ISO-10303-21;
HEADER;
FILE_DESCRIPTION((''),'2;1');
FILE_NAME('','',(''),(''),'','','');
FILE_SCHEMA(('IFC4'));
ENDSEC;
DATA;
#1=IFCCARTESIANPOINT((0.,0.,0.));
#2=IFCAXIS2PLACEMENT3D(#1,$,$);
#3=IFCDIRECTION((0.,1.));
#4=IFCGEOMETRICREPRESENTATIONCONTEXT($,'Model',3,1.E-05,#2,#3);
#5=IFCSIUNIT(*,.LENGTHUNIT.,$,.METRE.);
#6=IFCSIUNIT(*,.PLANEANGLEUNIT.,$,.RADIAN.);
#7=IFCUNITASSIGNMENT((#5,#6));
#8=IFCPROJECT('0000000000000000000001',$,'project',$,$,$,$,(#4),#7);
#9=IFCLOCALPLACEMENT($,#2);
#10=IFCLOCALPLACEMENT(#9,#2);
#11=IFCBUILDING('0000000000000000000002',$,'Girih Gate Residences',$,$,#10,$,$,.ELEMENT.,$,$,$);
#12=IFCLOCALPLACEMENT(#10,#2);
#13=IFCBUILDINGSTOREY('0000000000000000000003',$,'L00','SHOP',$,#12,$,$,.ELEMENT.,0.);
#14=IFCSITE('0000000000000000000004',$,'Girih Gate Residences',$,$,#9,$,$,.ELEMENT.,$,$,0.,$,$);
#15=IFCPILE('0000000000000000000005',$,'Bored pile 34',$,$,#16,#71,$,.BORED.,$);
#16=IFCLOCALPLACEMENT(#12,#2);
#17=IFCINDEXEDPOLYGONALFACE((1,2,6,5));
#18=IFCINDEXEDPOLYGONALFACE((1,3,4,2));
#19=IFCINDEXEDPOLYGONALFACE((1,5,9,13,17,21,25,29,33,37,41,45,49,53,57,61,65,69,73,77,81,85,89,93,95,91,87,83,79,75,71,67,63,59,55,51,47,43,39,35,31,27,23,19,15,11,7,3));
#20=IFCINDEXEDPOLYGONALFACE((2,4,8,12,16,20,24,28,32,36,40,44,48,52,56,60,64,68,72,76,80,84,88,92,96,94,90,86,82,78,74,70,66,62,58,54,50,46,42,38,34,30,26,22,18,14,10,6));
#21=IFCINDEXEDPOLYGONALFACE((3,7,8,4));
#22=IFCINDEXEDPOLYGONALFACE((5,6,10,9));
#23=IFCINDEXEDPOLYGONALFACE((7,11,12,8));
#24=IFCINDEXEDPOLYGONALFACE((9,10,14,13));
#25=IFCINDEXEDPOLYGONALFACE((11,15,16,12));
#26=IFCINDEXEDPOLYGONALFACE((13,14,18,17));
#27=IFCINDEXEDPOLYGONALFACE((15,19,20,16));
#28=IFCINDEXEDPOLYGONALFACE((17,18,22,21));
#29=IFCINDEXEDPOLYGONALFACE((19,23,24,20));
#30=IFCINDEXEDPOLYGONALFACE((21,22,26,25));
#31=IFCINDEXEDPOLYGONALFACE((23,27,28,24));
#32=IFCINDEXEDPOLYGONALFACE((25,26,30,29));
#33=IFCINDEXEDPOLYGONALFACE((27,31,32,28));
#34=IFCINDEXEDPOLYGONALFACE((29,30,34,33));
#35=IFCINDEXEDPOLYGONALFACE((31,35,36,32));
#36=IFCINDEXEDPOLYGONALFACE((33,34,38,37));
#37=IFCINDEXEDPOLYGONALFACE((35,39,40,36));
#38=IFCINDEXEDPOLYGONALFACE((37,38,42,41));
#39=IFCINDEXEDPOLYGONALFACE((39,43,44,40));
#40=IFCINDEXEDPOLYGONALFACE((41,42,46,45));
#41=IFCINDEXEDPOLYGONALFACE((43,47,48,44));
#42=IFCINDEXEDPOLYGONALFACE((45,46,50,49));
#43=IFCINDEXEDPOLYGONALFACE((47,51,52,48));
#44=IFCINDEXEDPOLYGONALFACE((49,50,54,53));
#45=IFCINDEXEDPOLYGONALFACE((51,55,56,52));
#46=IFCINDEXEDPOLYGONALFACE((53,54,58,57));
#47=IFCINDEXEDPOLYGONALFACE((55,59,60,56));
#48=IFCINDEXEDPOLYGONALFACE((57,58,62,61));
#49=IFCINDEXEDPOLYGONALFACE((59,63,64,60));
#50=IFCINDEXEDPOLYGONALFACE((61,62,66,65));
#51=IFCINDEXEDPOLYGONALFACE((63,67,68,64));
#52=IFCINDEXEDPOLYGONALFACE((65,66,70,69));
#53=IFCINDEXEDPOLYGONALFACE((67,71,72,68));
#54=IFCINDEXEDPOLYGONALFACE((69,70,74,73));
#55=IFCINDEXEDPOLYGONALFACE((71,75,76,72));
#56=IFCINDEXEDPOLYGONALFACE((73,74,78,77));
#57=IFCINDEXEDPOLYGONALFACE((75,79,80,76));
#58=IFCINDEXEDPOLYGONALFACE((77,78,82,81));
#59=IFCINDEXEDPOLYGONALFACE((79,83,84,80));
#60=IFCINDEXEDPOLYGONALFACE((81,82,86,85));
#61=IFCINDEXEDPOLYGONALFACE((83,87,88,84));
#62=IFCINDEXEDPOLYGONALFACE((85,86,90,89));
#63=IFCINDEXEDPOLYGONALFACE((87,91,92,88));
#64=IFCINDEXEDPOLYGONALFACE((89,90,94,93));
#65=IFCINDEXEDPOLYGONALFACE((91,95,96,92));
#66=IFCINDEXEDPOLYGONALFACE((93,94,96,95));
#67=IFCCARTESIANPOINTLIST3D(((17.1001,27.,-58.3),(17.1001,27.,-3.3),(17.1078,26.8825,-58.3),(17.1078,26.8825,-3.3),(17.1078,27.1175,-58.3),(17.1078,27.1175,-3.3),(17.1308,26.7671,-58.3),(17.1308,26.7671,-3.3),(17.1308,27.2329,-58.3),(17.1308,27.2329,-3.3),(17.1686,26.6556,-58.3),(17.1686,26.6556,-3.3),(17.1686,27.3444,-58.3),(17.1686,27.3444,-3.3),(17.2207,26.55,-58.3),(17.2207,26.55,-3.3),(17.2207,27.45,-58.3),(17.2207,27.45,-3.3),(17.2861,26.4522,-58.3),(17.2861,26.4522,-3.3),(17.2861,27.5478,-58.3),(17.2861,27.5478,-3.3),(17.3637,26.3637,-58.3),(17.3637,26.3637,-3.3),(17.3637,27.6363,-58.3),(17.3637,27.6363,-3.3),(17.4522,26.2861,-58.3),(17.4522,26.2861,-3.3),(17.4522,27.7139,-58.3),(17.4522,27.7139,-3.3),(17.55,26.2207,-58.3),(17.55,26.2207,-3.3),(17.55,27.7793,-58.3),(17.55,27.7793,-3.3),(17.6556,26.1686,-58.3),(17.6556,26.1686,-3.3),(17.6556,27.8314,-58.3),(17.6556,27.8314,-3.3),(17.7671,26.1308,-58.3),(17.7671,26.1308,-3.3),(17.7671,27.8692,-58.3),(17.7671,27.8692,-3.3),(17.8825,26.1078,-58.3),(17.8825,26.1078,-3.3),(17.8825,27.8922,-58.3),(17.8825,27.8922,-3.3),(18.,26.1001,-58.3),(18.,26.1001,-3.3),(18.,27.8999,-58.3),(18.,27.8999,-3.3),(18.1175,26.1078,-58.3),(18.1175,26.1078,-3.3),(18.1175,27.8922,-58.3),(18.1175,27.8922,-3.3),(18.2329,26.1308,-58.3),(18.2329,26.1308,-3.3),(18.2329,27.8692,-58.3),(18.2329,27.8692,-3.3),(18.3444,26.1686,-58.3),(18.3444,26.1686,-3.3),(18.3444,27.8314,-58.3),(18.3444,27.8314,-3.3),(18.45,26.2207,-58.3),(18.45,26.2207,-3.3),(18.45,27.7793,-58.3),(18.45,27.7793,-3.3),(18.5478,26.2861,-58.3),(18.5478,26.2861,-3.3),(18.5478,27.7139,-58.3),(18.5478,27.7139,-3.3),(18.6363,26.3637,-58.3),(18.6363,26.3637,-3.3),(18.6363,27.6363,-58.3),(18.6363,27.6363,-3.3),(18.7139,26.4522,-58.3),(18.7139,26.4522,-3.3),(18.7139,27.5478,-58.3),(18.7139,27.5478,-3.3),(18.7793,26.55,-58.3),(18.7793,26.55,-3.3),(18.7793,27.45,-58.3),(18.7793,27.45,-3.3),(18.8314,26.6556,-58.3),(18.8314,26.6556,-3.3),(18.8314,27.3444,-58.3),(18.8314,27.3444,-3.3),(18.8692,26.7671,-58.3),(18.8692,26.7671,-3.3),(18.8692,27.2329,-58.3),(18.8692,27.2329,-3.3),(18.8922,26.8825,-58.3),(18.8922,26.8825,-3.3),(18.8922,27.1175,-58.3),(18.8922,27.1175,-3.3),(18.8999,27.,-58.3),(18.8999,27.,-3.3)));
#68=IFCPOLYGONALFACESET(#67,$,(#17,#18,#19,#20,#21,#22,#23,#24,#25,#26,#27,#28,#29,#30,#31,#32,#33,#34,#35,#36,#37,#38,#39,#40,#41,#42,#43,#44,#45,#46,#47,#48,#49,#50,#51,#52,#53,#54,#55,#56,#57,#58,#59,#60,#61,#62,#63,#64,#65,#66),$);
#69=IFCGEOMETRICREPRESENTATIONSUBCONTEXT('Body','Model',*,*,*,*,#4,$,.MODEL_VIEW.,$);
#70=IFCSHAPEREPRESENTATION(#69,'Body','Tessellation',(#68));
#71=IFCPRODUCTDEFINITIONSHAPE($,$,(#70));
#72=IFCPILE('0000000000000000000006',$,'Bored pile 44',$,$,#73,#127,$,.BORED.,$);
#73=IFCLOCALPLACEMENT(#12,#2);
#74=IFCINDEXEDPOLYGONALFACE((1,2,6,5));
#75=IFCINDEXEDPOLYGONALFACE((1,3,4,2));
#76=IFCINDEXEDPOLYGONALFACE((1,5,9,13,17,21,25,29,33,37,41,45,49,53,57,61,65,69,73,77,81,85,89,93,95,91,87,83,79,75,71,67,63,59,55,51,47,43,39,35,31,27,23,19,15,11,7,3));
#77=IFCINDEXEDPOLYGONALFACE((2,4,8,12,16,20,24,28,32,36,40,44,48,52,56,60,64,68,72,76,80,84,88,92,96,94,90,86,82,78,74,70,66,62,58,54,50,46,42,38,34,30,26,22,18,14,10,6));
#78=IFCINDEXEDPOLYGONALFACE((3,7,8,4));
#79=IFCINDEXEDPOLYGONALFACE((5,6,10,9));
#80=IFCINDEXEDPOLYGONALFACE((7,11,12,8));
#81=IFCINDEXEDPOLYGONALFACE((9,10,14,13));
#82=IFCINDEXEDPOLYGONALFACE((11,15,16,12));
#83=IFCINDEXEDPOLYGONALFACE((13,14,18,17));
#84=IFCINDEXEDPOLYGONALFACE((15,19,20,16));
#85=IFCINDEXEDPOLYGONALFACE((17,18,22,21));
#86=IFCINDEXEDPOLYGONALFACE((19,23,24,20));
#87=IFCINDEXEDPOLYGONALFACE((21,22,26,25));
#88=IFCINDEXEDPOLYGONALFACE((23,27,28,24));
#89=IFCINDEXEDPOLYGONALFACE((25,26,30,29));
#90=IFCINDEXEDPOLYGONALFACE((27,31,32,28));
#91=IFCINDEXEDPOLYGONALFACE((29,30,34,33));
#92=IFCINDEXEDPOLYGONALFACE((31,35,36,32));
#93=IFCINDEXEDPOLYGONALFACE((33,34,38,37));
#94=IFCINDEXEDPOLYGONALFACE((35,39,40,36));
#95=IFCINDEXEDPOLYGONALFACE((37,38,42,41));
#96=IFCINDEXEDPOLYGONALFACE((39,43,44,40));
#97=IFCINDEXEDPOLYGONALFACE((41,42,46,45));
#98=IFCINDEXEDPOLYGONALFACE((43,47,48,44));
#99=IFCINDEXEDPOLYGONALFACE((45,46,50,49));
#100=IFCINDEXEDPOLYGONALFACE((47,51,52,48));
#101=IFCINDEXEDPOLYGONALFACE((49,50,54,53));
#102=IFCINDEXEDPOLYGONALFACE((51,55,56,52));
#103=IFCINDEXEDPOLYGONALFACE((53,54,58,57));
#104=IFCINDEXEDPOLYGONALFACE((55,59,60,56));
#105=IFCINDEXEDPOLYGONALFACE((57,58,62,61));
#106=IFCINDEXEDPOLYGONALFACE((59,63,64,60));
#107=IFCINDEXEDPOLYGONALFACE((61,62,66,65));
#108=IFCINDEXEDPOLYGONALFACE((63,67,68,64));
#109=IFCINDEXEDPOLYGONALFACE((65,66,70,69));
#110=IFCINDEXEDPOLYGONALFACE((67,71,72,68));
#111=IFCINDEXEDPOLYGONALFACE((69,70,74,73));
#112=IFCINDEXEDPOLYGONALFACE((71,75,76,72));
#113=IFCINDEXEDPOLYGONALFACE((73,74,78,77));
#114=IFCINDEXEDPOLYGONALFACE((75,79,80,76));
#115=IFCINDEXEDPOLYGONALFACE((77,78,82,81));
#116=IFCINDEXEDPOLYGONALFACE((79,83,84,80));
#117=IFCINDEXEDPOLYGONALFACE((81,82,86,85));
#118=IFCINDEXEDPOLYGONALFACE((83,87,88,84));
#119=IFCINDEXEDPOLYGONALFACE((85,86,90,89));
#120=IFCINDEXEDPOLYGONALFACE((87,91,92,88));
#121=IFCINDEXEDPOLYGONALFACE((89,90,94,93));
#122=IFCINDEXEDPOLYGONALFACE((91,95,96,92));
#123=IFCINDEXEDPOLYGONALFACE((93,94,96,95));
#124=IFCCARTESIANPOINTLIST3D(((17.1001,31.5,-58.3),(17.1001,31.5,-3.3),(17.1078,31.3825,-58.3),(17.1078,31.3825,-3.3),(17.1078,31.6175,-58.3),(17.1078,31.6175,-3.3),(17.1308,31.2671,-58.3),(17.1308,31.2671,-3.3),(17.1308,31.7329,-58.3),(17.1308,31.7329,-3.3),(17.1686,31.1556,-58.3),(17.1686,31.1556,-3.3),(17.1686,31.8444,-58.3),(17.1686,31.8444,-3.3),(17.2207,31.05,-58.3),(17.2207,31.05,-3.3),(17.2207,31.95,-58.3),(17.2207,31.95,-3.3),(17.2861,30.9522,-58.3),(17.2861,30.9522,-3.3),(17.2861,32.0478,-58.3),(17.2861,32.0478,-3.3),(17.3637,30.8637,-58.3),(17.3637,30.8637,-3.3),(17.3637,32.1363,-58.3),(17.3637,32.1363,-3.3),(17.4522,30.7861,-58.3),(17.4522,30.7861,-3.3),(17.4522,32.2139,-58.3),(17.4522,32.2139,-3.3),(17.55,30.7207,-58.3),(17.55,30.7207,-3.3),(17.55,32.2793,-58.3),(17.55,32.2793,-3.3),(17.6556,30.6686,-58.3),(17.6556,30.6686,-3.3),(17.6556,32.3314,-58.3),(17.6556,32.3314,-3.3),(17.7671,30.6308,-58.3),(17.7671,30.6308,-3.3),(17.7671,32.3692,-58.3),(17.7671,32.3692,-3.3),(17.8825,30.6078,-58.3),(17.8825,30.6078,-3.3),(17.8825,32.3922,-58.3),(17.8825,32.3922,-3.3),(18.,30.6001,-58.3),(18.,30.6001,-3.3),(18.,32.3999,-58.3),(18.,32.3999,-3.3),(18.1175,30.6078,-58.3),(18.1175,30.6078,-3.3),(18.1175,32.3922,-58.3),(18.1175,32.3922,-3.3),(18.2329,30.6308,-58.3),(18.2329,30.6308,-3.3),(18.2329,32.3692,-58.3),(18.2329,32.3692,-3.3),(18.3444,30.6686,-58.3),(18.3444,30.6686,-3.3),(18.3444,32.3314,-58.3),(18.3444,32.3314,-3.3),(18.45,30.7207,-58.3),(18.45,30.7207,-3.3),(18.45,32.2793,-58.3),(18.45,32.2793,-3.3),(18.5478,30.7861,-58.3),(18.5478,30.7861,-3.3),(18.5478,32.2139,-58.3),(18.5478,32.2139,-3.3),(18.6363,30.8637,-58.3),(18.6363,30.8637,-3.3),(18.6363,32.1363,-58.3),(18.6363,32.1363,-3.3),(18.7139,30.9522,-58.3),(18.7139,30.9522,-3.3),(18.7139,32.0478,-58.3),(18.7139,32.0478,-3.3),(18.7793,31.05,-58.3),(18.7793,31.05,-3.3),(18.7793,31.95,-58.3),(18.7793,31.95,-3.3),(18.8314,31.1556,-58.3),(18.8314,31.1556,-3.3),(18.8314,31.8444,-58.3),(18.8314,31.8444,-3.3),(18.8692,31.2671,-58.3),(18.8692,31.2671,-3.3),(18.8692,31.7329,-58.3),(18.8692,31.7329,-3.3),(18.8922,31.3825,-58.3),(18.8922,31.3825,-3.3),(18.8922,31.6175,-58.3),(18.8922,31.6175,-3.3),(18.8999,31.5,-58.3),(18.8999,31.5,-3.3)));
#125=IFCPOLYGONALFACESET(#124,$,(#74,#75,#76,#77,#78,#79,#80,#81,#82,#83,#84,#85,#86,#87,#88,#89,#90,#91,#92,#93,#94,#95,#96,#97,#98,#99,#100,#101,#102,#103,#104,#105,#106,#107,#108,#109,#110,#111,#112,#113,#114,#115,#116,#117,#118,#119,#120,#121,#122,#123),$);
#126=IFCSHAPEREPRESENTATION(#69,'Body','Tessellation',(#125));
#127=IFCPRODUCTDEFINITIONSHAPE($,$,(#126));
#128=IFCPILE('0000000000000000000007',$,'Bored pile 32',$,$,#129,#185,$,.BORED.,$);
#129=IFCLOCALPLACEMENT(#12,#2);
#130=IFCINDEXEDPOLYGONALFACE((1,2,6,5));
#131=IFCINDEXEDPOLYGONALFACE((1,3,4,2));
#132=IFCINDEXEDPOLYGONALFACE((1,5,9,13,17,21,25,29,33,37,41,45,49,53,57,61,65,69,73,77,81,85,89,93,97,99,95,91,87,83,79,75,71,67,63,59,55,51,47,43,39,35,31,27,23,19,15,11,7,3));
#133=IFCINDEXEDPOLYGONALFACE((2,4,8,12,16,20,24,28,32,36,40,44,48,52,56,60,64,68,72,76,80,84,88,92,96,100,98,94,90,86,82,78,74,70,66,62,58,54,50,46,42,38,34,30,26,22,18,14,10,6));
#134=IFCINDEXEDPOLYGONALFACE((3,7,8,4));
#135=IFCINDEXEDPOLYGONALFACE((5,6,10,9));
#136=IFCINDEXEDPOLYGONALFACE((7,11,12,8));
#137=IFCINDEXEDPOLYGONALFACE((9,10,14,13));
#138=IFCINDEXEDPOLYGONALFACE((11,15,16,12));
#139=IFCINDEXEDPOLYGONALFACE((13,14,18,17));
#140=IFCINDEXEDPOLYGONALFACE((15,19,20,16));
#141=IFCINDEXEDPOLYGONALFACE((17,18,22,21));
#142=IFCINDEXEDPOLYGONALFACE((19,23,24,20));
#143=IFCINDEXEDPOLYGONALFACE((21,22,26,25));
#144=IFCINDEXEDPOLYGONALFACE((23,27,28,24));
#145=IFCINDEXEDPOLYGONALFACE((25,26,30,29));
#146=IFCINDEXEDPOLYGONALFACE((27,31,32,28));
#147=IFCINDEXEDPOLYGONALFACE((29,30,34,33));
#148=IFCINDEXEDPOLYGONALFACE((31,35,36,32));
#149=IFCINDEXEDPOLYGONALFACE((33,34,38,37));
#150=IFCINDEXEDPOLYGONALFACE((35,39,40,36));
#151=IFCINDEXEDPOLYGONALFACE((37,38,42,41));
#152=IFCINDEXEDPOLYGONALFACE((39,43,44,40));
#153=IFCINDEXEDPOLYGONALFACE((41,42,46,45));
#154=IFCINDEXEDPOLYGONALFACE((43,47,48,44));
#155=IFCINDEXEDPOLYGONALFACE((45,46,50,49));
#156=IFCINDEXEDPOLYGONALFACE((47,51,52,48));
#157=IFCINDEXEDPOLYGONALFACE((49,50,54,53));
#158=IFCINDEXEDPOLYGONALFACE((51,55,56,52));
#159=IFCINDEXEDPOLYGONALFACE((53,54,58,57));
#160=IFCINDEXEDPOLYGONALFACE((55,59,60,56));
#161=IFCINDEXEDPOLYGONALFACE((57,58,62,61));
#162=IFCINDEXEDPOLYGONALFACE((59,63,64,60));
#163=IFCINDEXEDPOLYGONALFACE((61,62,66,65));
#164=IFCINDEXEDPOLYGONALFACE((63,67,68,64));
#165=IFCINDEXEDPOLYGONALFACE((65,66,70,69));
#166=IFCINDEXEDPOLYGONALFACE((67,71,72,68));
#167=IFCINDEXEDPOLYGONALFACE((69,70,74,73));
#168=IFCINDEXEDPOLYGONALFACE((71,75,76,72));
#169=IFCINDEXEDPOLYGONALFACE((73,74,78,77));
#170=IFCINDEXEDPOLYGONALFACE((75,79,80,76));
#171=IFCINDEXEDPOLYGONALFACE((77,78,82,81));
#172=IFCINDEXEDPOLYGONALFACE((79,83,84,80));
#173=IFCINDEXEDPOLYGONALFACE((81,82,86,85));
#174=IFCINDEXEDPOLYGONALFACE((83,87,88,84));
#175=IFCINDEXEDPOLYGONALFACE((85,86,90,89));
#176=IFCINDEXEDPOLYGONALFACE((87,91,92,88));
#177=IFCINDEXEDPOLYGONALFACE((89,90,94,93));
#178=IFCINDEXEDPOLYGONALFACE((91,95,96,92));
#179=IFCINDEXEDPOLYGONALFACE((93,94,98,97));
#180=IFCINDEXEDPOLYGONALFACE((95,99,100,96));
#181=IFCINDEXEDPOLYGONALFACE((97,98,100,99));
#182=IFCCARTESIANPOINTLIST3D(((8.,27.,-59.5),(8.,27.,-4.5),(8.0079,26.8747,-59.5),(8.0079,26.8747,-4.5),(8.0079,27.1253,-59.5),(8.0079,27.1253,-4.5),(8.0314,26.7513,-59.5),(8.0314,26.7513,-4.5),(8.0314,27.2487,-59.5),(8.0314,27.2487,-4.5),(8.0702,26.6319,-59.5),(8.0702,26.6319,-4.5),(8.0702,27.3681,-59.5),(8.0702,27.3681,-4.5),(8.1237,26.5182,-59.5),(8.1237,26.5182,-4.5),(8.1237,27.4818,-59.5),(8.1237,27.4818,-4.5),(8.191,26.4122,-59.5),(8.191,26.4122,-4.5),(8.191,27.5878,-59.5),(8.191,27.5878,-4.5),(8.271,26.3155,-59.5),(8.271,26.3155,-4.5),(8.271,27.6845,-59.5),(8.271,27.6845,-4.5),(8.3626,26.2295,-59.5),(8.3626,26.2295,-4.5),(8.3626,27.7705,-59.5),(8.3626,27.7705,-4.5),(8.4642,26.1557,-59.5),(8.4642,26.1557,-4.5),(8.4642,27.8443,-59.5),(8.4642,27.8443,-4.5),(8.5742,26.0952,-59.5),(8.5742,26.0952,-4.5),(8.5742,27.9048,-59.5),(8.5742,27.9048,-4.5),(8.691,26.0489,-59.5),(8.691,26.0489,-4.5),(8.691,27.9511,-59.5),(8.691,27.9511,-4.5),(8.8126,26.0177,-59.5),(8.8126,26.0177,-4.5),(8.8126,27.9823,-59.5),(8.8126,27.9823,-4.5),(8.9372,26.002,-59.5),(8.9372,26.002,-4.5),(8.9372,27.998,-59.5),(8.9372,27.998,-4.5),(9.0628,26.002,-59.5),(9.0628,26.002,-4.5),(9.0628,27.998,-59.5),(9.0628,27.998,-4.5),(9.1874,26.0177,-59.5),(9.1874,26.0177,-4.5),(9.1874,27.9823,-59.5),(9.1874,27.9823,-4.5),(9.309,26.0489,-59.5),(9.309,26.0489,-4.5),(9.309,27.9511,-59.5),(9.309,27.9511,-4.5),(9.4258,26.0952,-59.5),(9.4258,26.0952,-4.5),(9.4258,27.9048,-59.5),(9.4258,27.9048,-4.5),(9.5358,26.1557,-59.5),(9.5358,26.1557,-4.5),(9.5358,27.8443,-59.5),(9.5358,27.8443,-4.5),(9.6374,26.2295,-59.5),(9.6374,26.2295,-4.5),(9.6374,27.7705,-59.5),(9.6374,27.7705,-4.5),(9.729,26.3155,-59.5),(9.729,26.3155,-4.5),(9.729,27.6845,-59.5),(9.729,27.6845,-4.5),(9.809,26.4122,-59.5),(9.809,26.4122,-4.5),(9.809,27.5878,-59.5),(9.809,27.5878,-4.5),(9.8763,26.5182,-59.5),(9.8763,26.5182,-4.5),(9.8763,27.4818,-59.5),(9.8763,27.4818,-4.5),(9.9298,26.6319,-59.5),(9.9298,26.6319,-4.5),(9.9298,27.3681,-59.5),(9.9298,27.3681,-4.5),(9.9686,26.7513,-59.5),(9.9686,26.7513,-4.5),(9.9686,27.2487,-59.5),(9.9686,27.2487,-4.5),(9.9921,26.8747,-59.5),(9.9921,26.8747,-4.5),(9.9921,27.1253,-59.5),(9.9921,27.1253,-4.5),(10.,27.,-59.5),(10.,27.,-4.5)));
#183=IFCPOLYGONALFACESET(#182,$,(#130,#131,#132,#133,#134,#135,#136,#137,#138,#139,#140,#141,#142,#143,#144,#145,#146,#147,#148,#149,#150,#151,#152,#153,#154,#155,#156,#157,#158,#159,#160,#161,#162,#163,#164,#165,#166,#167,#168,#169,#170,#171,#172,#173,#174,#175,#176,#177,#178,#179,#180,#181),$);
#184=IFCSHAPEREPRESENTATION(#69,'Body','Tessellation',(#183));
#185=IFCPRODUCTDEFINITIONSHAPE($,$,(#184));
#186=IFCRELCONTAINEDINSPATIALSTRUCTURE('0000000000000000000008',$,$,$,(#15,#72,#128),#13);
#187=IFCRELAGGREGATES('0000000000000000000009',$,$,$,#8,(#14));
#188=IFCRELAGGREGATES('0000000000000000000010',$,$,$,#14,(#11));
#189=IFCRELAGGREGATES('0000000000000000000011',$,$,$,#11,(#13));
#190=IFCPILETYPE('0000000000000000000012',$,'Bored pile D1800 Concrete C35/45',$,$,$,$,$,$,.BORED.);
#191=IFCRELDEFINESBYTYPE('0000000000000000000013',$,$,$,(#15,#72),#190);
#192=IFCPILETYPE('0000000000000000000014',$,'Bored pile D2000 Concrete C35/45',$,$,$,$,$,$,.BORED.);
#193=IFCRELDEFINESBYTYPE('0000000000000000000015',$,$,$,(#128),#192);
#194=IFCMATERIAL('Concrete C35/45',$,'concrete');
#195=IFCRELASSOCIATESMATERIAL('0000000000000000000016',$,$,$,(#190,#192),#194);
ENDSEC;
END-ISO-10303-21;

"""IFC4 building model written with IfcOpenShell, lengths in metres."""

from ifc_helpers import new_model, si_unit, direction, frame, origin, origin_2d, place, context, subcontext, project, spatial, circle, extrude, material, material_profile, profile_set, type_object, element, save


model = new_model("IFC4")

# Units and contexts
model_context = context("Model", 3, precision=1e-05, world=origin(), true_north=direction((0.0, 1.0)))
body_context = subcontext(model_context, "Body", "Model", "MODEL_VIEW")
ifc_project = project(units=[si_unit("LENGTHUNIT", "METRE"), si_unit("PLANEANGLEUNIT", "RADIAN")], contexts=[model_context])

# Site, building, storey
site_placement = place(None, origin())
site = spatial("IfcSite", under=ifc_project, at=site_placement, Name="Girih Gate Residences", CompositionType="ELEMENT", RefElevation=0.0)
building_placement = place(site_placement, origin())
building = spatial("IfcBuilding", under=site, at=building_placement, Name="Girih Gate Residences", CompositionType="ELEMENT")
storey_placement = place(building_placement, origin())
storey = spatial("IfcBuildingStorey", under=building, at=storey_placement, Name="L00", Description="SHOP", CompositionType="ELEMENT", Elevation=0.0)

# Piles
ifc_material_1 = material(Name="Concrete C35/45", Category="concrete")
ifc_material_profile_1 = material_profile(ifc_material_1, circle(Radius=0.8999, at=origin_2d()))
ifc_profile_set_1 = profile_set([ifc_material_profile_1], Name="Concrete C35/45")
pile_type_1 = type_object("IfcPileType", Name="Bored pile D1800 Concrete C35/45", PredefinedType="BORED", material=ifc_profile_set_1)
for number, where, z_axis, x_axis, name in (
    (1, (18.0, 27.0, -3.3), (0.0, 0.0, -1.0), (1.0, 0.0, 0.0), "Bored pile 34"),
    (2, (18.0, 31.5, -3.3), (0.0, 0.0, -1.0), (1.0, 0.0, 0.0), "Bored pile 44"),
):
    element("IfcPile", number, at=place(storey_placement, frame(where, z_axis=z_axis, x_axis=x_axis)), inside=storey, type_object=pile_type_1, Name=name, PredefinedType="BORED", context=body_context, shape_type="SweptSolid", body=[
        extrude(circle(Radius=0.8999, at=origin_2d()), origin(), (0.0, 0.0, 1.0), 55.0),
    ])
ifc_material_profile_2 = material_profile(ifc_material_1, circle(Radius=1.0, at=origin_2d()))
ifc_profile_set_2 = profile_set([ifc_material_profile_2], Name="Concrete C35/45")
pile_type_2 = type_object("IfcPileType", Name="Bored pile D2000 Concrete C35/45", PredefinedType="BORED", material=ifc_profile_set_2)
for number, where, z_axis, x_axis, name in (
    (3, (9.0, 27.0, -4.5), (0.0, 0.0, -1.0), (1.0, 0.0, 0.0), "Bored pile 32"),
):
    element("IfcPile", number, at=place(storey_placement, frame(where, z_axis=z_axis, x_axis=x_axis)), inside=storey, type_object=pile_type_2, Name=name, PredefinedType="BORED", context=body_context, shape_type="SweptSolid", body=[
        extrude(circle(Radius=1.0, at=origin_2d()), origin(), (0.0, 0.0, 1.0), 55.0),
    ])

save(model, "model.ifc")
